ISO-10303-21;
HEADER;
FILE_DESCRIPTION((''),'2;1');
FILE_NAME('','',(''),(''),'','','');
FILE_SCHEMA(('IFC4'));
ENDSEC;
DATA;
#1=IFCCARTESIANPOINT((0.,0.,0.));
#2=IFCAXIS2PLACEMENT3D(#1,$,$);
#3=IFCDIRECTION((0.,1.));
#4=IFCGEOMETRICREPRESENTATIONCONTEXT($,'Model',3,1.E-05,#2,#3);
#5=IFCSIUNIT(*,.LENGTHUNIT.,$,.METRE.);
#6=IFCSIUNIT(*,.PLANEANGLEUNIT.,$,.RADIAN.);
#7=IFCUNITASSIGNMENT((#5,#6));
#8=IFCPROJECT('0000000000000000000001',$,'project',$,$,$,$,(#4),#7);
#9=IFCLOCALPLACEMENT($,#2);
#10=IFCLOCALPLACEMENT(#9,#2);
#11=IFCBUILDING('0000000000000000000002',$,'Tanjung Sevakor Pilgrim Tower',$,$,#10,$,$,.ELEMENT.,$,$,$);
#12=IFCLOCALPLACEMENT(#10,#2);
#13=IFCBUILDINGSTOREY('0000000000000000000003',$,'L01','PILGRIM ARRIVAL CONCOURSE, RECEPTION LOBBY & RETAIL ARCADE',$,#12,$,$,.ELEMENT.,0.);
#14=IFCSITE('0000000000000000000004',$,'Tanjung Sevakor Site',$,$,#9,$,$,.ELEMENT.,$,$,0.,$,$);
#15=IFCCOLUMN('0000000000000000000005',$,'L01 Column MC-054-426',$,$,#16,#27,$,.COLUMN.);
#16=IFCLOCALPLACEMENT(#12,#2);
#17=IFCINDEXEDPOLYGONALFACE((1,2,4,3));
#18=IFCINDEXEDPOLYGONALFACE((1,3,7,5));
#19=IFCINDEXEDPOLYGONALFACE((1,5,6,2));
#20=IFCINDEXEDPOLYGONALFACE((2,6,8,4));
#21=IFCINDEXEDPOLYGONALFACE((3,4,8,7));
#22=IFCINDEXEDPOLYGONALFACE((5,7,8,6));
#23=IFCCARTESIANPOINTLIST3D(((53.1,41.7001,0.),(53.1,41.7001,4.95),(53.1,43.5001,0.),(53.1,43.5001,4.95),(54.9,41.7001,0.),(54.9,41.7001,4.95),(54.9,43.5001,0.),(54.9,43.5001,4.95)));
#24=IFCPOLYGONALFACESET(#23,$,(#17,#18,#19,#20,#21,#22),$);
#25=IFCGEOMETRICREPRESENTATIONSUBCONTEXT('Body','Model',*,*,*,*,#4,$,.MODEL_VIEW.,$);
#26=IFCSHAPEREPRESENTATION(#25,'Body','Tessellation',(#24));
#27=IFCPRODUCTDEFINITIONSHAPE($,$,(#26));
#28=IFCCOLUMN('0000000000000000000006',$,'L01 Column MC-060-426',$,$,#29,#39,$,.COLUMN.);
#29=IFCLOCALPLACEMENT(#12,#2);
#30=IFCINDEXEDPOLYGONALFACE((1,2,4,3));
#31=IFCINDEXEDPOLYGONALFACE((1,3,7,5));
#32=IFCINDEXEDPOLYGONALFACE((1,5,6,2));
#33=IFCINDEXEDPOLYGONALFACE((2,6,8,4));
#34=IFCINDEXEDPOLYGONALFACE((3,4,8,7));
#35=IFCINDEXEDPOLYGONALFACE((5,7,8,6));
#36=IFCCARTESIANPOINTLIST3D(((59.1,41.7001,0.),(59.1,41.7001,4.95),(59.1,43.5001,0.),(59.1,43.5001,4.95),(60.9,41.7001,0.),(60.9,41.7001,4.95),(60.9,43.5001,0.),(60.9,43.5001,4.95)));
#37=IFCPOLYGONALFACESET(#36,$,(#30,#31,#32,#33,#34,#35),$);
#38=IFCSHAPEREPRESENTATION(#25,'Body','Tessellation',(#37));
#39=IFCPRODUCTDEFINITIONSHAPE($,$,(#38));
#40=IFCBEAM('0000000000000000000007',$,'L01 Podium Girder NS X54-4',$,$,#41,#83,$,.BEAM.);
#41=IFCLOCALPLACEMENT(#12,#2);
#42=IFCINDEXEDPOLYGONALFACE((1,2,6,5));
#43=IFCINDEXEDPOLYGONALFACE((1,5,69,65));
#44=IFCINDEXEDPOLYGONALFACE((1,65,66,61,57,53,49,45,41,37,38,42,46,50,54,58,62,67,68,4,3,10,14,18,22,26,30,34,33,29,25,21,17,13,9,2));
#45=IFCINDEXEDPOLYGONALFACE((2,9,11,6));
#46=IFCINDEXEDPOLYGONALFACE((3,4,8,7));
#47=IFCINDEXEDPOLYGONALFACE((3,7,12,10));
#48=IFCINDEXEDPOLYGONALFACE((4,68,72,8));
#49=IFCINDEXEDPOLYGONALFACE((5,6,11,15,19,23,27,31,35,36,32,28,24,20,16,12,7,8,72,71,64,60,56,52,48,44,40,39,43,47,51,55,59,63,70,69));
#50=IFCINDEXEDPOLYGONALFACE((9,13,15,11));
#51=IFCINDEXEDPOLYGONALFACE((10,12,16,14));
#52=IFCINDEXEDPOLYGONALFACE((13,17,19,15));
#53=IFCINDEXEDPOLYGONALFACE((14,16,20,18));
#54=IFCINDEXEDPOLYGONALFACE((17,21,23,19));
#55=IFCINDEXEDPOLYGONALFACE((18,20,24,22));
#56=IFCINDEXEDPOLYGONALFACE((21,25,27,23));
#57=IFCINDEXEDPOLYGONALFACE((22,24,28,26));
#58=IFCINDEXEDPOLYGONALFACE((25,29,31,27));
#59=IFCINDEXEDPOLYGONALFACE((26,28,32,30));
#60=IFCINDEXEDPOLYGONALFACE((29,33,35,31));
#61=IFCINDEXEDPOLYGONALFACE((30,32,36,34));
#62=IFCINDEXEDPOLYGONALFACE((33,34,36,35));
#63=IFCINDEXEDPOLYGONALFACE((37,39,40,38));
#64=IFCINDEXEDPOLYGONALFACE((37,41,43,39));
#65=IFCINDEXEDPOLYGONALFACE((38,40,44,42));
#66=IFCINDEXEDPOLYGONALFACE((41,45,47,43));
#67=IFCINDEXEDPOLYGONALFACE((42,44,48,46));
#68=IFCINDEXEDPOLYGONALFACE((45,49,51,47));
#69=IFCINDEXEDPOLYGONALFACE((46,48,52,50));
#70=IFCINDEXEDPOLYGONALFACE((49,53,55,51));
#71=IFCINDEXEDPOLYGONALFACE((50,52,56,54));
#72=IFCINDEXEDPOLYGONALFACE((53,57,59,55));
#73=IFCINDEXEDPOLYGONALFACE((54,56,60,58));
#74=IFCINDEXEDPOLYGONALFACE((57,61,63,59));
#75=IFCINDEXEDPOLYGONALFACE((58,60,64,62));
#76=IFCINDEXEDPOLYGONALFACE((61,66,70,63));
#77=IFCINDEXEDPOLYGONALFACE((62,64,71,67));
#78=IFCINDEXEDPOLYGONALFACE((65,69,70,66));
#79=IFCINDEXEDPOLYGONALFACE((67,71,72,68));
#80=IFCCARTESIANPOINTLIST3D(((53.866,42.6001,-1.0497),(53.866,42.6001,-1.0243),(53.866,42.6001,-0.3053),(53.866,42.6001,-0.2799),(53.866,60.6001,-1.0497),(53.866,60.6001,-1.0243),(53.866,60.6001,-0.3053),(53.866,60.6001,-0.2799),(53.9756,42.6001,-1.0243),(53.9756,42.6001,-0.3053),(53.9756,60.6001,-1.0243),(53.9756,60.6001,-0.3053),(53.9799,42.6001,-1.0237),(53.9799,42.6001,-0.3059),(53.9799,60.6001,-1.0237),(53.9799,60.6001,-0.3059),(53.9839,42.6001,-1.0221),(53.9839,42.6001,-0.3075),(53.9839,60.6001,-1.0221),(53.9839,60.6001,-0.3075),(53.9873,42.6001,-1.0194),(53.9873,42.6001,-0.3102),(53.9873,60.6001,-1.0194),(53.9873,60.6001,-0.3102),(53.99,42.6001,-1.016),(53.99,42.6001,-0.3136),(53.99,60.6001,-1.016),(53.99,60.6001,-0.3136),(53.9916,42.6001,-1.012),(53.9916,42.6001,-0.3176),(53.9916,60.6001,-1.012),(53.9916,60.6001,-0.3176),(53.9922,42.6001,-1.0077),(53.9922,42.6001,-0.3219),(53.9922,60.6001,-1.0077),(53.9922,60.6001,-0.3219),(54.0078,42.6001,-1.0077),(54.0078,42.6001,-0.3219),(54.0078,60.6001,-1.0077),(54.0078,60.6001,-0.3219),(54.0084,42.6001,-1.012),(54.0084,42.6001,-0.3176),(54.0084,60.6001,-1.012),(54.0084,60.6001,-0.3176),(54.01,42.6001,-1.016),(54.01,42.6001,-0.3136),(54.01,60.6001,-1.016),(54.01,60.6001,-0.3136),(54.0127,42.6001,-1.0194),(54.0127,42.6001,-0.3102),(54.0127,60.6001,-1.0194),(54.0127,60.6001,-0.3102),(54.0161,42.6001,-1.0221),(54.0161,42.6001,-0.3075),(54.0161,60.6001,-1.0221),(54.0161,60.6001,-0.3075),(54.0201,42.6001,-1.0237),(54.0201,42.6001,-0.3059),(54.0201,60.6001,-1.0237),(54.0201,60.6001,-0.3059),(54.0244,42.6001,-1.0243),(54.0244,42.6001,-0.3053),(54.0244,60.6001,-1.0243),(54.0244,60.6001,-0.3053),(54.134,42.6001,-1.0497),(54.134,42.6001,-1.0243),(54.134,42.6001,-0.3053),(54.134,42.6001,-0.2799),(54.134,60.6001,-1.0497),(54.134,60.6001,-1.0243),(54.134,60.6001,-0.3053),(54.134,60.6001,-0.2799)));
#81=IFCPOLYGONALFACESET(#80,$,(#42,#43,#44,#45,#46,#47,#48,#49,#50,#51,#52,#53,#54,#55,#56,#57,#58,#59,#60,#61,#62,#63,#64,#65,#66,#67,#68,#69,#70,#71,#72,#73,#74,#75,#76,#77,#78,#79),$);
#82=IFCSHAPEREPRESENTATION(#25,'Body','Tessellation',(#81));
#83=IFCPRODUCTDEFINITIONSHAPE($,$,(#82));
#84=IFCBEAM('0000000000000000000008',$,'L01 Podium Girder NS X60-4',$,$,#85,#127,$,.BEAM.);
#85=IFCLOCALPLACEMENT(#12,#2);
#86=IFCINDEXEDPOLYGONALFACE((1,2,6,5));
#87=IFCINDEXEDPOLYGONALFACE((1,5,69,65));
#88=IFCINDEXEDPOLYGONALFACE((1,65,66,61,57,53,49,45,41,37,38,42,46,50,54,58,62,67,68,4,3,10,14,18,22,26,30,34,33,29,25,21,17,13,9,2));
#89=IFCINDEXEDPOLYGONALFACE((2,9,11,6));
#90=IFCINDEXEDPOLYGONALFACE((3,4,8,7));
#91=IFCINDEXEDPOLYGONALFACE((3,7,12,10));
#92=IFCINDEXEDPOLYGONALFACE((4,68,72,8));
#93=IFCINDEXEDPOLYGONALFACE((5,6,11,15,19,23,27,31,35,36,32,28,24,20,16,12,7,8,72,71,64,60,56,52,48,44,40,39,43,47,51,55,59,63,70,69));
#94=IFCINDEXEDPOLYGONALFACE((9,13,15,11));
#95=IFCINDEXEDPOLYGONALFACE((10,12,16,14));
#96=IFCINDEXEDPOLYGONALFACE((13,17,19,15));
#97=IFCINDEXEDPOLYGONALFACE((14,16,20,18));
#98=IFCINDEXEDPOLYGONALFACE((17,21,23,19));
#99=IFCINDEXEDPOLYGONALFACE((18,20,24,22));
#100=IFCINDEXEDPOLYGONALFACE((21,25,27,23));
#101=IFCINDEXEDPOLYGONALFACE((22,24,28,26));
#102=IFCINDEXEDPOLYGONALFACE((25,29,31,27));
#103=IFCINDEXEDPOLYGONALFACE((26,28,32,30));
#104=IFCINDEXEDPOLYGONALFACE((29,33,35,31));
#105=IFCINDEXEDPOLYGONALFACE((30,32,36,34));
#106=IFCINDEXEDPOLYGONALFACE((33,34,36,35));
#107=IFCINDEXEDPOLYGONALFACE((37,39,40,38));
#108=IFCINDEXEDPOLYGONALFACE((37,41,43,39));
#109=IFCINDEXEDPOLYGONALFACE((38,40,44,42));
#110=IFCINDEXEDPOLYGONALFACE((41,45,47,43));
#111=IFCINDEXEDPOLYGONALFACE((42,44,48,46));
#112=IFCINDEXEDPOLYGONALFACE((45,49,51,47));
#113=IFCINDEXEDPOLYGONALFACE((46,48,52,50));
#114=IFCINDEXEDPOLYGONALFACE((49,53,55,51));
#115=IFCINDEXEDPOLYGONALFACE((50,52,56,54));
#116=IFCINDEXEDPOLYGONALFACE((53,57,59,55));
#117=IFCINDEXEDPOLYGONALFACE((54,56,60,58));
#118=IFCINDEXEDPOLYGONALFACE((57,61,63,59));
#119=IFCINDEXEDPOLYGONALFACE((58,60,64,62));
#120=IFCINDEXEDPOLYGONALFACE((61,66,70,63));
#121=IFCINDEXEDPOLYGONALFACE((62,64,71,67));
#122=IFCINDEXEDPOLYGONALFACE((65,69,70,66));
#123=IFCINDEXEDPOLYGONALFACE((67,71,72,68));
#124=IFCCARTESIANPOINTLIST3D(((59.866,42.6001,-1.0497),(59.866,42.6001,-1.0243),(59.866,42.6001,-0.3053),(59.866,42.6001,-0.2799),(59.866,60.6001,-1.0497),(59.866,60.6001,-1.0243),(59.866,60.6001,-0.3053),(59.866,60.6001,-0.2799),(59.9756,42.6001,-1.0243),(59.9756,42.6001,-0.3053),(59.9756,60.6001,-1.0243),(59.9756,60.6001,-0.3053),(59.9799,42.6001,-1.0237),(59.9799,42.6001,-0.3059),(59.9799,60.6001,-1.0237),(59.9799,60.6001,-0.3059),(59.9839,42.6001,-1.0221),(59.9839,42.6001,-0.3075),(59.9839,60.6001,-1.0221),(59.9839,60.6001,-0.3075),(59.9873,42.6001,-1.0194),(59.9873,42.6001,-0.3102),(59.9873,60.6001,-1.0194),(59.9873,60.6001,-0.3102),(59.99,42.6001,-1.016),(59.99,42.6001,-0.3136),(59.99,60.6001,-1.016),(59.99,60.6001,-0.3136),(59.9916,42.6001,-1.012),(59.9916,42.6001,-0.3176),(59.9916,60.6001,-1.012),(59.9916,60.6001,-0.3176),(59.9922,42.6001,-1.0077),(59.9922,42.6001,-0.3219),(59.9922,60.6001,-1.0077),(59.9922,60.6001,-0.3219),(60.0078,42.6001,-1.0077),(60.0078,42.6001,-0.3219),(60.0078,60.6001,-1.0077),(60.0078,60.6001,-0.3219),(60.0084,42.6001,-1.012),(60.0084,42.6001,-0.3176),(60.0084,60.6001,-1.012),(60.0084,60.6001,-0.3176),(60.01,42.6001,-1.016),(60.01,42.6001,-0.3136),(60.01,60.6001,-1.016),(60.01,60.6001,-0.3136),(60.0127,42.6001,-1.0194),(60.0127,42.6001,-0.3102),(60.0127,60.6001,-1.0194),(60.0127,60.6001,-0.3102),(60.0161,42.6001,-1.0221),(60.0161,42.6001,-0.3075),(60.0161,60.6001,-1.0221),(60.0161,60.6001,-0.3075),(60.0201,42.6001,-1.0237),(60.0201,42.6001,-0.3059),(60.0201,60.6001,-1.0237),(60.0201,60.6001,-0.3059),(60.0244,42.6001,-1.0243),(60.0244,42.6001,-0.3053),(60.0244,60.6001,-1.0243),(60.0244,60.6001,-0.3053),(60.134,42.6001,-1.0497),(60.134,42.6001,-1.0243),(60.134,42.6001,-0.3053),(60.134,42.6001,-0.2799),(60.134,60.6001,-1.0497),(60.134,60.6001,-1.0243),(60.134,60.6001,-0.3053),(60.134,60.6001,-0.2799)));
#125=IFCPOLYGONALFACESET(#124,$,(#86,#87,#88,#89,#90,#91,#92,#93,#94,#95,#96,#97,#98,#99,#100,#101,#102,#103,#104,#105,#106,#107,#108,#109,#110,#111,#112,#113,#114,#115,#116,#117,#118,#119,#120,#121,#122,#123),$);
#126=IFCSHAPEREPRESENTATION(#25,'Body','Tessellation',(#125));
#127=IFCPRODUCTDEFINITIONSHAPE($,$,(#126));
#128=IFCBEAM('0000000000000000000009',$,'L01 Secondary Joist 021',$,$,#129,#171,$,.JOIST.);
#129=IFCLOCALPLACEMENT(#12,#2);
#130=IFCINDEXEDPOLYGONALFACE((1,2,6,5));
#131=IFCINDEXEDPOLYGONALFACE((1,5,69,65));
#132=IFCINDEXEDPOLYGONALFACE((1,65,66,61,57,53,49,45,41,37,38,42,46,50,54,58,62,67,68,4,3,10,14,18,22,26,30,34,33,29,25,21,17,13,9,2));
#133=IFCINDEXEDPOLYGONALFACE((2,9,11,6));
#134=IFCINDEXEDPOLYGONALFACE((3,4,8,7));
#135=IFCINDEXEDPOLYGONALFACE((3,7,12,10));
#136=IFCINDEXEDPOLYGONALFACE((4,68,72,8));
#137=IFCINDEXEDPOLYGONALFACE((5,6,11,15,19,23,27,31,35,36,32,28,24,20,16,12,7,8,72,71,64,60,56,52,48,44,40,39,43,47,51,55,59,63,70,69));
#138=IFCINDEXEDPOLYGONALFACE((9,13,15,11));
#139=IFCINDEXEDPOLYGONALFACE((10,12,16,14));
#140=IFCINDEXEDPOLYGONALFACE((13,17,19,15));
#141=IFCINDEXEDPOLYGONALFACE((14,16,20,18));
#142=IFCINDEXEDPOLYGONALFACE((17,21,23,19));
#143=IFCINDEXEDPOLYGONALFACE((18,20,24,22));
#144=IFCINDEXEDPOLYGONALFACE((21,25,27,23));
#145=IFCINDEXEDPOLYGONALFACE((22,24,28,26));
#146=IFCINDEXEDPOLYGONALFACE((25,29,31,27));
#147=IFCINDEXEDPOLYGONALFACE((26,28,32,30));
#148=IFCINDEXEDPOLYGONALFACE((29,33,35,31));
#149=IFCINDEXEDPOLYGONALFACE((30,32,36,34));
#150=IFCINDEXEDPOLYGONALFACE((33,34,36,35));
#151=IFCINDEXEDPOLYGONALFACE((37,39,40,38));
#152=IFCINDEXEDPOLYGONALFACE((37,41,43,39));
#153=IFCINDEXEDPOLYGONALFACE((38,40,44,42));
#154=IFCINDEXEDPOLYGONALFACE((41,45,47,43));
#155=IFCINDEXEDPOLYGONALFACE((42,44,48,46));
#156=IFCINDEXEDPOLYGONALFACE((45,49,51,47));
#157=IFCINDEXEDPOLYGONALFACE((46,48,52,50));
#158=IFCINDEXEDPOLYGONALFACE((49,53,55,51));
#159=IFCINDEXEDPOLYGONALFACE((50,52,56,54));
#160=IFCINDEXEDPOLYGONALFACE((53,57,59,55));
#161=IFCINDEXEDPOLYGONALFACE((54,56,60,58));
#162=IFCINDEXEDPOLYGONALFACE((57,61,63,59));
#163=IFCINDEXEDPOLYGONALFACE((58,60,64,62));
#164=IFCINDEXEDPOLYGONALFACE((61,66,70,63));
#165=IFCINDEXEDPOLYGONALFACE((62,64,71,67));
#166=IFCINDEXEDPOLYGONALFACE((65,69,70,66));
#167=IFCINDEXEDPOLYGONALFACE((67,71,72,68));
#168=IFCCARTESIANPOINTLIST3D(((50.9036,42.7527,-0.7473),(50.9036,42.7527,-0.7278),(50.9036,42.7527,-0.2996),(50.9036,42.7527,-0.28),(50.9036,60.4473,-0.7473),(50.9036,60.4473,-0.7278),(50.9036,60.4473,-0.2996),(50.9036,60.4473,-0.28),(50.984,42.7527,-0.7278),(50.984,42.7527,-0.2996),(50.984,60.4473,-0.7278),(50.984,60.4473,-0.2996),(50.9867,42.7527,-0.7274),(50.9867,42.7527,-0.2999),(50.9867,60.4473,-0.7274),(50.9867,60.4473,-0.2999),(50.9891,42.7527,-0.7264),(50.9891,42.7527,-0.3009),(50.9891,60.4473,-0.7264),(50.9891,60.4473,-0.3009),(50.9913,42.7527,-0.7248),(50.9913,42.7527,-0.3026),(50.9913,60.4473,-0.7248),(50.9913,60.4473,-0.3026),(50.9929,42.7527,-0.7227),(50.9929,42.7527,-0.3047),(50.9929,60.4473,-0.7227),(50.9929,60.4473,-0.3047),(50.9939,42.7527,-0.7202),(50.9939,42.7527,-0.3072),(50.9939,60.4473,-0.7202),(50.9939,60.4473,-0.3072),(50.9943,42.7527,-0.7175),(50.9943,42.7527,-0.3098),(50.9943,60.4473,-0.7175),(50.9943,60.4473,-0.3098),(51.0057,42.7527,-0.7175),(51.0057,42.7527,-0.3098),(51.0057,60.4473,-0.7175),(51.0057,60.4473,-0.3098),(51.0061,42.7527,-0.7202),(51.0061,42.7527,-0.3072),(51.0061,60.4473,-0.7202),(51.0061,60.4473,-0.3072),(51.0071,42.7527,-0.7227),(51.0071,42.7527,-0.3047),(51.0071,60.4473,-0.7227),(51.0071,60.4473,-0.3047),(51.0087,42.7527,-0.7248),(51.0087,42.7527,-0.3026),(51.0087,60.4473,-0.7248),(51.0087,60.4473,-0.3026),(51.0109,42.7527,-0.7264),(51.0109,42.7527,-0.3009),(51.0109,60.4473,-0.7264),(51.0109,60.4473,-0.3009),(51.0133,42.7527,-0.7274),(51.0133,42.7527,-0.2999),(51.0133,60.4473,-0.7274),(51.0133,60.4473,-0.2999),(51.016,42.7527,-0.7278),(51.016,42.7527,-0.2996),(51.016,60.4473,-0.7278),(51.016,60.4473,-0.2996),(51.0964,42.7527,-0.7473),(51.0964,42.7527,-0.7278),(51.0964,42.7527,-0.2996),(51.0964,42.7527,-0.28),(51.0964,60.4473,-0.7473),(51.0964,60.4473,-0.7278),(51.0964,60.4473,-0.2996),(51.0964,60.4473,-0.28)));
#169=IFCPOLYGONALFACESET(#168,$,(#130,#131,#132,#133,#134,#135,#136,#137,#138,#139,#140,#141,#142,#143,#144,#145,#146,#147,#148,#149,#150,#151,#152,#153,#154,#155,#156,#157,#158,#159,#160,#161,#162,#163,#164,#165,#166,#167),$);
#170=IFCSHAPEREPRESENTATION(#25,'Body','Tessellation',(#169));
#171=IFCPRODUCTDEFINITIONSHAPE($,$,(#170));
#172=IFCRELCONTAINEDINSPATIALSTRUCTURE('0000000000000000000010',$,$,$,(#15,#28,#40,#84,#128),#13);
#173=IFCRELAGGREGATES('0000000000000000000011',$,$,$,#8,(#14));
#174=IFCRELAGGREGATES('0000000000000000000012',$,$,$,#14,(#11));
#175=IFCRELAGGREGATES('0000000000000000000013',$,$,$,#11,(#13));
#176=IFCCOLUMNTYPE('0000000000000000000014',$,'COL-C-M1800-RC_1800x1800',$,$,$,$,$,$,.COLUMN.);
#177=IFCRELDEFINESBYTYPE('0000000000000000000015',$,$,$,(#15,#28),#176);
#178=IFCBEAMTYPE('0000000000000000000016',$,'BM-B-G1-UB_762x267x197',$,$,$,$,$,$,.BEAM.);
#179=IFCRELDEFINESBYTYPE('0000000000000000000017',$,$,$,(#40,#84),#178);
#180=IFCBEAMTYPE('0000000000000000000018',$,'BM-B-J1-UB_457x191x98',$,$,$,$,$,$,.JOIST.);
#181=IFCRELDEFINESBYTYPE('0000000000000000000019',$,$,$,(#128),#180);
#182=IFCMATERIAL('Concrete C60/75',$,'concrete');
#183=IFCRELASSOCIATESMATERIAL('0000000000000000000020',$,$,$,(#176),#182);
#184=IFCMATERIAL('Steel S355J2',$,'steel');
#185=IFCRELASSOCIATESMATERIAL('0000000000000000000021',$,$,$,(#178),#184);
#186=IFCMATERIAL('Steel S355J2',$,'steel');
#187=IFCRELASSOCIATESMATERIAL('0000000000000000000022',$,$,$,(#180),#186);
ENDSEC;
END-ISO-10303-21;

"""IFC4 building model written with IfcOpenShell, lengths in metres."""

from ifc_helpers import new_model, si_unit, direction, frame, origin, origin_2d, place, context, subcontext, project, spatial, rectangle, i_section, extrude, material, material_profile, profile_set, type_object, element, save


model = new_model("IFC4")

# Units and contexts
model_context = context("Model", 3, precision=1e-05, world=origin(), true_north=direction((0.0, 1.0)))
body_context = subcontext(model_context, "Body", "Model", "MODEL_VIEW")
ifc_project = project(units=[si_unit("LENGTHUNIT", "METRE"), si_unit("PLANEANGLEUNIT", "RADIAN")], contexts=[model_context])

# Site, building, storey
site_placement = place(None, origin())
site = spatial("IfcSite", under=ifc_project, at=site_placement, Name="Tanjung Sevakor Site", CompositionType="ELEMENT", RefElevation=0.0)
building_placement = place(site_placement, origin())
building = spatial("IfcBuilding", under=site, at=building_placement, Name="Tanjung Sevakor Pilgrim Tower", CompositionType="ELEMENT")
storey_placement = place(building_placement, origin())
storey = spatial("IfcBuildingStorey", under=building, at=storey_placement, Name="L01", Description="PILGRIM ARRIVAL CONCOURSE, RECEPTION LOBBY & RETAIL ARCADE", CompositionType="ELEMENT", Elevation=0.0)

# Columns
ifc_material_1 = material(Name="Concrete C60/75", Category="concrete")
ifc_material_profile_1 = material_profile(ifc_material_1, rectangle(XDim=1.8, YDim=1.8, at=origin_2d()))
ifc_profile_set_1 = profile_set([ifc_material_profile_1], Name="Concrete C60/75")
column_type = type_object("IfcColumnType", Name="COL-C-M1800-RC_1800x1800", PredefinedType="COLUMN", material=ifc_profile_set_1)
for number, where, z_axis, x_axis, name in (
    (1, (54.0, 42.6001, 0.0), (0.0, 0.0, 1.0), (1.0, 0.0, 0.0), "L01 Column MC-054-426"),
    (2, (60.0, 42.6001, 0.0), (0.0, 0.0, 1.0), (1.0, 0.0, 0.0), "L01 Column MC-060-426"),
):
    element("IfcColumn", number, at=place(storey_placement, frame(where, z_axis=z_axis, x_axis=x_axis)), inside=storey, type_object=column_type, Name=name, PredefinedType="COLUMN", context=body_context, shape_type="SweptSolid", body=[
        extrude(rectangle(XDim=1.8, YDim=1.8, at=origin_2d()), origin(), (0.0, 0.0, 1.0), 4.95),
    ])

# Beams
ifc_material_2 = material(Name="Steel S355J2", Category="steel")
ifc_material_profile_2 = material_profile(ifc_material_2, i_section(OverallWidth=0.2681, OverallDepth=0.7698, WebThickness=0.0156, FlangeThickness=0.0254, FilletRadius=0.0166, at=origin_2d()))
ifc_profile_set_2 = profile_set([ifc_material_profile_2], Name="Steel S355J2")
beam_type_1 = type_object("IfcBeamType", Name="BM-B-G1-UB_762x267x197", PredefinedType="BEAM", material=ifc_profile_set_2)
for number, where, z_axis, x_axis, name in (
    (3, (54.0, 42.6001, -0.6648), (0.0, 1.0, 0.0), (-1.0, 0.0, 0.0), "L01 Podium Girder NS X54-4"),
    (4, (60.0, 42.6001, -0.6648), (0.0, 1.0, 0.0), (-1.0, 0.0, 0.0), "L01 Podium Girder NS X60-4"),
):
    element("IfcBeam", number, at=place(storey_placement, frame(where, z_axis=z_axis, x_axis=x_axis)), inside=storey, type_object=beam_type_1, Name=name, PredefinedType="BEAM", context=body_context, shape_type="SweptSolid", body=[
        extrude(i_section(OverallWidth=0.2681, OverallDepth=0.7698, WebThickness=0.0156, FlangeThickness=0.0254, FilletRadius=0.0166, at=origin_2d()), origin(), (0.0, 0.0, 1.0), 18.0),
    ])
ifc_material_3 = material(Name="Steel S355J2", Category="steel")
ifc_material_profile_3 = material_profile(ifc_material_3, i_section(OverallWidth=0.1929, OverallDepth=0.4673, WebThickness=0.0115, FlangeThickness=0.0195, FilletRadius=0.0103, at=origin_2d()))
ifc_profile_set_3 = profile_set([ifc_material_profile_3], Name="Steel S355J2")
beam_type_2 = type_object("IfcBeamType", Name="BM-B-J1-UB_457x191x98", PredefinedType="JOIST", material=ifc_profile_set_3)
for number, where, z_axis, x_axis, name in (
    (5, (51.0, 42.7527, -0.5137), (0.0, 1.0, 0.0), (-1.0, 0.0, 0.0), "L01 Secondary Joist 021"),
):
    element("IfcBeam", number, at=place(storey_placement, frame(where, z_axis=z_axis, x_axis=x_axis)), inside=storey, type_object=beam_type_2, Name=name, PredefinedType="JOIST", context=body_context, shape_type="SweptSolid", body=[
        extrude(i_section(OverallWidth=0.1929, OverallDepth=0.4673, WebThickness=0.0115, FlangeThickness=0.0195, FilletRadius=0.0103, at=origin_2d()), origin(), (0.0, 0.0, 1.0), 17.6946),
    ])

save(model, "model.ifc")
